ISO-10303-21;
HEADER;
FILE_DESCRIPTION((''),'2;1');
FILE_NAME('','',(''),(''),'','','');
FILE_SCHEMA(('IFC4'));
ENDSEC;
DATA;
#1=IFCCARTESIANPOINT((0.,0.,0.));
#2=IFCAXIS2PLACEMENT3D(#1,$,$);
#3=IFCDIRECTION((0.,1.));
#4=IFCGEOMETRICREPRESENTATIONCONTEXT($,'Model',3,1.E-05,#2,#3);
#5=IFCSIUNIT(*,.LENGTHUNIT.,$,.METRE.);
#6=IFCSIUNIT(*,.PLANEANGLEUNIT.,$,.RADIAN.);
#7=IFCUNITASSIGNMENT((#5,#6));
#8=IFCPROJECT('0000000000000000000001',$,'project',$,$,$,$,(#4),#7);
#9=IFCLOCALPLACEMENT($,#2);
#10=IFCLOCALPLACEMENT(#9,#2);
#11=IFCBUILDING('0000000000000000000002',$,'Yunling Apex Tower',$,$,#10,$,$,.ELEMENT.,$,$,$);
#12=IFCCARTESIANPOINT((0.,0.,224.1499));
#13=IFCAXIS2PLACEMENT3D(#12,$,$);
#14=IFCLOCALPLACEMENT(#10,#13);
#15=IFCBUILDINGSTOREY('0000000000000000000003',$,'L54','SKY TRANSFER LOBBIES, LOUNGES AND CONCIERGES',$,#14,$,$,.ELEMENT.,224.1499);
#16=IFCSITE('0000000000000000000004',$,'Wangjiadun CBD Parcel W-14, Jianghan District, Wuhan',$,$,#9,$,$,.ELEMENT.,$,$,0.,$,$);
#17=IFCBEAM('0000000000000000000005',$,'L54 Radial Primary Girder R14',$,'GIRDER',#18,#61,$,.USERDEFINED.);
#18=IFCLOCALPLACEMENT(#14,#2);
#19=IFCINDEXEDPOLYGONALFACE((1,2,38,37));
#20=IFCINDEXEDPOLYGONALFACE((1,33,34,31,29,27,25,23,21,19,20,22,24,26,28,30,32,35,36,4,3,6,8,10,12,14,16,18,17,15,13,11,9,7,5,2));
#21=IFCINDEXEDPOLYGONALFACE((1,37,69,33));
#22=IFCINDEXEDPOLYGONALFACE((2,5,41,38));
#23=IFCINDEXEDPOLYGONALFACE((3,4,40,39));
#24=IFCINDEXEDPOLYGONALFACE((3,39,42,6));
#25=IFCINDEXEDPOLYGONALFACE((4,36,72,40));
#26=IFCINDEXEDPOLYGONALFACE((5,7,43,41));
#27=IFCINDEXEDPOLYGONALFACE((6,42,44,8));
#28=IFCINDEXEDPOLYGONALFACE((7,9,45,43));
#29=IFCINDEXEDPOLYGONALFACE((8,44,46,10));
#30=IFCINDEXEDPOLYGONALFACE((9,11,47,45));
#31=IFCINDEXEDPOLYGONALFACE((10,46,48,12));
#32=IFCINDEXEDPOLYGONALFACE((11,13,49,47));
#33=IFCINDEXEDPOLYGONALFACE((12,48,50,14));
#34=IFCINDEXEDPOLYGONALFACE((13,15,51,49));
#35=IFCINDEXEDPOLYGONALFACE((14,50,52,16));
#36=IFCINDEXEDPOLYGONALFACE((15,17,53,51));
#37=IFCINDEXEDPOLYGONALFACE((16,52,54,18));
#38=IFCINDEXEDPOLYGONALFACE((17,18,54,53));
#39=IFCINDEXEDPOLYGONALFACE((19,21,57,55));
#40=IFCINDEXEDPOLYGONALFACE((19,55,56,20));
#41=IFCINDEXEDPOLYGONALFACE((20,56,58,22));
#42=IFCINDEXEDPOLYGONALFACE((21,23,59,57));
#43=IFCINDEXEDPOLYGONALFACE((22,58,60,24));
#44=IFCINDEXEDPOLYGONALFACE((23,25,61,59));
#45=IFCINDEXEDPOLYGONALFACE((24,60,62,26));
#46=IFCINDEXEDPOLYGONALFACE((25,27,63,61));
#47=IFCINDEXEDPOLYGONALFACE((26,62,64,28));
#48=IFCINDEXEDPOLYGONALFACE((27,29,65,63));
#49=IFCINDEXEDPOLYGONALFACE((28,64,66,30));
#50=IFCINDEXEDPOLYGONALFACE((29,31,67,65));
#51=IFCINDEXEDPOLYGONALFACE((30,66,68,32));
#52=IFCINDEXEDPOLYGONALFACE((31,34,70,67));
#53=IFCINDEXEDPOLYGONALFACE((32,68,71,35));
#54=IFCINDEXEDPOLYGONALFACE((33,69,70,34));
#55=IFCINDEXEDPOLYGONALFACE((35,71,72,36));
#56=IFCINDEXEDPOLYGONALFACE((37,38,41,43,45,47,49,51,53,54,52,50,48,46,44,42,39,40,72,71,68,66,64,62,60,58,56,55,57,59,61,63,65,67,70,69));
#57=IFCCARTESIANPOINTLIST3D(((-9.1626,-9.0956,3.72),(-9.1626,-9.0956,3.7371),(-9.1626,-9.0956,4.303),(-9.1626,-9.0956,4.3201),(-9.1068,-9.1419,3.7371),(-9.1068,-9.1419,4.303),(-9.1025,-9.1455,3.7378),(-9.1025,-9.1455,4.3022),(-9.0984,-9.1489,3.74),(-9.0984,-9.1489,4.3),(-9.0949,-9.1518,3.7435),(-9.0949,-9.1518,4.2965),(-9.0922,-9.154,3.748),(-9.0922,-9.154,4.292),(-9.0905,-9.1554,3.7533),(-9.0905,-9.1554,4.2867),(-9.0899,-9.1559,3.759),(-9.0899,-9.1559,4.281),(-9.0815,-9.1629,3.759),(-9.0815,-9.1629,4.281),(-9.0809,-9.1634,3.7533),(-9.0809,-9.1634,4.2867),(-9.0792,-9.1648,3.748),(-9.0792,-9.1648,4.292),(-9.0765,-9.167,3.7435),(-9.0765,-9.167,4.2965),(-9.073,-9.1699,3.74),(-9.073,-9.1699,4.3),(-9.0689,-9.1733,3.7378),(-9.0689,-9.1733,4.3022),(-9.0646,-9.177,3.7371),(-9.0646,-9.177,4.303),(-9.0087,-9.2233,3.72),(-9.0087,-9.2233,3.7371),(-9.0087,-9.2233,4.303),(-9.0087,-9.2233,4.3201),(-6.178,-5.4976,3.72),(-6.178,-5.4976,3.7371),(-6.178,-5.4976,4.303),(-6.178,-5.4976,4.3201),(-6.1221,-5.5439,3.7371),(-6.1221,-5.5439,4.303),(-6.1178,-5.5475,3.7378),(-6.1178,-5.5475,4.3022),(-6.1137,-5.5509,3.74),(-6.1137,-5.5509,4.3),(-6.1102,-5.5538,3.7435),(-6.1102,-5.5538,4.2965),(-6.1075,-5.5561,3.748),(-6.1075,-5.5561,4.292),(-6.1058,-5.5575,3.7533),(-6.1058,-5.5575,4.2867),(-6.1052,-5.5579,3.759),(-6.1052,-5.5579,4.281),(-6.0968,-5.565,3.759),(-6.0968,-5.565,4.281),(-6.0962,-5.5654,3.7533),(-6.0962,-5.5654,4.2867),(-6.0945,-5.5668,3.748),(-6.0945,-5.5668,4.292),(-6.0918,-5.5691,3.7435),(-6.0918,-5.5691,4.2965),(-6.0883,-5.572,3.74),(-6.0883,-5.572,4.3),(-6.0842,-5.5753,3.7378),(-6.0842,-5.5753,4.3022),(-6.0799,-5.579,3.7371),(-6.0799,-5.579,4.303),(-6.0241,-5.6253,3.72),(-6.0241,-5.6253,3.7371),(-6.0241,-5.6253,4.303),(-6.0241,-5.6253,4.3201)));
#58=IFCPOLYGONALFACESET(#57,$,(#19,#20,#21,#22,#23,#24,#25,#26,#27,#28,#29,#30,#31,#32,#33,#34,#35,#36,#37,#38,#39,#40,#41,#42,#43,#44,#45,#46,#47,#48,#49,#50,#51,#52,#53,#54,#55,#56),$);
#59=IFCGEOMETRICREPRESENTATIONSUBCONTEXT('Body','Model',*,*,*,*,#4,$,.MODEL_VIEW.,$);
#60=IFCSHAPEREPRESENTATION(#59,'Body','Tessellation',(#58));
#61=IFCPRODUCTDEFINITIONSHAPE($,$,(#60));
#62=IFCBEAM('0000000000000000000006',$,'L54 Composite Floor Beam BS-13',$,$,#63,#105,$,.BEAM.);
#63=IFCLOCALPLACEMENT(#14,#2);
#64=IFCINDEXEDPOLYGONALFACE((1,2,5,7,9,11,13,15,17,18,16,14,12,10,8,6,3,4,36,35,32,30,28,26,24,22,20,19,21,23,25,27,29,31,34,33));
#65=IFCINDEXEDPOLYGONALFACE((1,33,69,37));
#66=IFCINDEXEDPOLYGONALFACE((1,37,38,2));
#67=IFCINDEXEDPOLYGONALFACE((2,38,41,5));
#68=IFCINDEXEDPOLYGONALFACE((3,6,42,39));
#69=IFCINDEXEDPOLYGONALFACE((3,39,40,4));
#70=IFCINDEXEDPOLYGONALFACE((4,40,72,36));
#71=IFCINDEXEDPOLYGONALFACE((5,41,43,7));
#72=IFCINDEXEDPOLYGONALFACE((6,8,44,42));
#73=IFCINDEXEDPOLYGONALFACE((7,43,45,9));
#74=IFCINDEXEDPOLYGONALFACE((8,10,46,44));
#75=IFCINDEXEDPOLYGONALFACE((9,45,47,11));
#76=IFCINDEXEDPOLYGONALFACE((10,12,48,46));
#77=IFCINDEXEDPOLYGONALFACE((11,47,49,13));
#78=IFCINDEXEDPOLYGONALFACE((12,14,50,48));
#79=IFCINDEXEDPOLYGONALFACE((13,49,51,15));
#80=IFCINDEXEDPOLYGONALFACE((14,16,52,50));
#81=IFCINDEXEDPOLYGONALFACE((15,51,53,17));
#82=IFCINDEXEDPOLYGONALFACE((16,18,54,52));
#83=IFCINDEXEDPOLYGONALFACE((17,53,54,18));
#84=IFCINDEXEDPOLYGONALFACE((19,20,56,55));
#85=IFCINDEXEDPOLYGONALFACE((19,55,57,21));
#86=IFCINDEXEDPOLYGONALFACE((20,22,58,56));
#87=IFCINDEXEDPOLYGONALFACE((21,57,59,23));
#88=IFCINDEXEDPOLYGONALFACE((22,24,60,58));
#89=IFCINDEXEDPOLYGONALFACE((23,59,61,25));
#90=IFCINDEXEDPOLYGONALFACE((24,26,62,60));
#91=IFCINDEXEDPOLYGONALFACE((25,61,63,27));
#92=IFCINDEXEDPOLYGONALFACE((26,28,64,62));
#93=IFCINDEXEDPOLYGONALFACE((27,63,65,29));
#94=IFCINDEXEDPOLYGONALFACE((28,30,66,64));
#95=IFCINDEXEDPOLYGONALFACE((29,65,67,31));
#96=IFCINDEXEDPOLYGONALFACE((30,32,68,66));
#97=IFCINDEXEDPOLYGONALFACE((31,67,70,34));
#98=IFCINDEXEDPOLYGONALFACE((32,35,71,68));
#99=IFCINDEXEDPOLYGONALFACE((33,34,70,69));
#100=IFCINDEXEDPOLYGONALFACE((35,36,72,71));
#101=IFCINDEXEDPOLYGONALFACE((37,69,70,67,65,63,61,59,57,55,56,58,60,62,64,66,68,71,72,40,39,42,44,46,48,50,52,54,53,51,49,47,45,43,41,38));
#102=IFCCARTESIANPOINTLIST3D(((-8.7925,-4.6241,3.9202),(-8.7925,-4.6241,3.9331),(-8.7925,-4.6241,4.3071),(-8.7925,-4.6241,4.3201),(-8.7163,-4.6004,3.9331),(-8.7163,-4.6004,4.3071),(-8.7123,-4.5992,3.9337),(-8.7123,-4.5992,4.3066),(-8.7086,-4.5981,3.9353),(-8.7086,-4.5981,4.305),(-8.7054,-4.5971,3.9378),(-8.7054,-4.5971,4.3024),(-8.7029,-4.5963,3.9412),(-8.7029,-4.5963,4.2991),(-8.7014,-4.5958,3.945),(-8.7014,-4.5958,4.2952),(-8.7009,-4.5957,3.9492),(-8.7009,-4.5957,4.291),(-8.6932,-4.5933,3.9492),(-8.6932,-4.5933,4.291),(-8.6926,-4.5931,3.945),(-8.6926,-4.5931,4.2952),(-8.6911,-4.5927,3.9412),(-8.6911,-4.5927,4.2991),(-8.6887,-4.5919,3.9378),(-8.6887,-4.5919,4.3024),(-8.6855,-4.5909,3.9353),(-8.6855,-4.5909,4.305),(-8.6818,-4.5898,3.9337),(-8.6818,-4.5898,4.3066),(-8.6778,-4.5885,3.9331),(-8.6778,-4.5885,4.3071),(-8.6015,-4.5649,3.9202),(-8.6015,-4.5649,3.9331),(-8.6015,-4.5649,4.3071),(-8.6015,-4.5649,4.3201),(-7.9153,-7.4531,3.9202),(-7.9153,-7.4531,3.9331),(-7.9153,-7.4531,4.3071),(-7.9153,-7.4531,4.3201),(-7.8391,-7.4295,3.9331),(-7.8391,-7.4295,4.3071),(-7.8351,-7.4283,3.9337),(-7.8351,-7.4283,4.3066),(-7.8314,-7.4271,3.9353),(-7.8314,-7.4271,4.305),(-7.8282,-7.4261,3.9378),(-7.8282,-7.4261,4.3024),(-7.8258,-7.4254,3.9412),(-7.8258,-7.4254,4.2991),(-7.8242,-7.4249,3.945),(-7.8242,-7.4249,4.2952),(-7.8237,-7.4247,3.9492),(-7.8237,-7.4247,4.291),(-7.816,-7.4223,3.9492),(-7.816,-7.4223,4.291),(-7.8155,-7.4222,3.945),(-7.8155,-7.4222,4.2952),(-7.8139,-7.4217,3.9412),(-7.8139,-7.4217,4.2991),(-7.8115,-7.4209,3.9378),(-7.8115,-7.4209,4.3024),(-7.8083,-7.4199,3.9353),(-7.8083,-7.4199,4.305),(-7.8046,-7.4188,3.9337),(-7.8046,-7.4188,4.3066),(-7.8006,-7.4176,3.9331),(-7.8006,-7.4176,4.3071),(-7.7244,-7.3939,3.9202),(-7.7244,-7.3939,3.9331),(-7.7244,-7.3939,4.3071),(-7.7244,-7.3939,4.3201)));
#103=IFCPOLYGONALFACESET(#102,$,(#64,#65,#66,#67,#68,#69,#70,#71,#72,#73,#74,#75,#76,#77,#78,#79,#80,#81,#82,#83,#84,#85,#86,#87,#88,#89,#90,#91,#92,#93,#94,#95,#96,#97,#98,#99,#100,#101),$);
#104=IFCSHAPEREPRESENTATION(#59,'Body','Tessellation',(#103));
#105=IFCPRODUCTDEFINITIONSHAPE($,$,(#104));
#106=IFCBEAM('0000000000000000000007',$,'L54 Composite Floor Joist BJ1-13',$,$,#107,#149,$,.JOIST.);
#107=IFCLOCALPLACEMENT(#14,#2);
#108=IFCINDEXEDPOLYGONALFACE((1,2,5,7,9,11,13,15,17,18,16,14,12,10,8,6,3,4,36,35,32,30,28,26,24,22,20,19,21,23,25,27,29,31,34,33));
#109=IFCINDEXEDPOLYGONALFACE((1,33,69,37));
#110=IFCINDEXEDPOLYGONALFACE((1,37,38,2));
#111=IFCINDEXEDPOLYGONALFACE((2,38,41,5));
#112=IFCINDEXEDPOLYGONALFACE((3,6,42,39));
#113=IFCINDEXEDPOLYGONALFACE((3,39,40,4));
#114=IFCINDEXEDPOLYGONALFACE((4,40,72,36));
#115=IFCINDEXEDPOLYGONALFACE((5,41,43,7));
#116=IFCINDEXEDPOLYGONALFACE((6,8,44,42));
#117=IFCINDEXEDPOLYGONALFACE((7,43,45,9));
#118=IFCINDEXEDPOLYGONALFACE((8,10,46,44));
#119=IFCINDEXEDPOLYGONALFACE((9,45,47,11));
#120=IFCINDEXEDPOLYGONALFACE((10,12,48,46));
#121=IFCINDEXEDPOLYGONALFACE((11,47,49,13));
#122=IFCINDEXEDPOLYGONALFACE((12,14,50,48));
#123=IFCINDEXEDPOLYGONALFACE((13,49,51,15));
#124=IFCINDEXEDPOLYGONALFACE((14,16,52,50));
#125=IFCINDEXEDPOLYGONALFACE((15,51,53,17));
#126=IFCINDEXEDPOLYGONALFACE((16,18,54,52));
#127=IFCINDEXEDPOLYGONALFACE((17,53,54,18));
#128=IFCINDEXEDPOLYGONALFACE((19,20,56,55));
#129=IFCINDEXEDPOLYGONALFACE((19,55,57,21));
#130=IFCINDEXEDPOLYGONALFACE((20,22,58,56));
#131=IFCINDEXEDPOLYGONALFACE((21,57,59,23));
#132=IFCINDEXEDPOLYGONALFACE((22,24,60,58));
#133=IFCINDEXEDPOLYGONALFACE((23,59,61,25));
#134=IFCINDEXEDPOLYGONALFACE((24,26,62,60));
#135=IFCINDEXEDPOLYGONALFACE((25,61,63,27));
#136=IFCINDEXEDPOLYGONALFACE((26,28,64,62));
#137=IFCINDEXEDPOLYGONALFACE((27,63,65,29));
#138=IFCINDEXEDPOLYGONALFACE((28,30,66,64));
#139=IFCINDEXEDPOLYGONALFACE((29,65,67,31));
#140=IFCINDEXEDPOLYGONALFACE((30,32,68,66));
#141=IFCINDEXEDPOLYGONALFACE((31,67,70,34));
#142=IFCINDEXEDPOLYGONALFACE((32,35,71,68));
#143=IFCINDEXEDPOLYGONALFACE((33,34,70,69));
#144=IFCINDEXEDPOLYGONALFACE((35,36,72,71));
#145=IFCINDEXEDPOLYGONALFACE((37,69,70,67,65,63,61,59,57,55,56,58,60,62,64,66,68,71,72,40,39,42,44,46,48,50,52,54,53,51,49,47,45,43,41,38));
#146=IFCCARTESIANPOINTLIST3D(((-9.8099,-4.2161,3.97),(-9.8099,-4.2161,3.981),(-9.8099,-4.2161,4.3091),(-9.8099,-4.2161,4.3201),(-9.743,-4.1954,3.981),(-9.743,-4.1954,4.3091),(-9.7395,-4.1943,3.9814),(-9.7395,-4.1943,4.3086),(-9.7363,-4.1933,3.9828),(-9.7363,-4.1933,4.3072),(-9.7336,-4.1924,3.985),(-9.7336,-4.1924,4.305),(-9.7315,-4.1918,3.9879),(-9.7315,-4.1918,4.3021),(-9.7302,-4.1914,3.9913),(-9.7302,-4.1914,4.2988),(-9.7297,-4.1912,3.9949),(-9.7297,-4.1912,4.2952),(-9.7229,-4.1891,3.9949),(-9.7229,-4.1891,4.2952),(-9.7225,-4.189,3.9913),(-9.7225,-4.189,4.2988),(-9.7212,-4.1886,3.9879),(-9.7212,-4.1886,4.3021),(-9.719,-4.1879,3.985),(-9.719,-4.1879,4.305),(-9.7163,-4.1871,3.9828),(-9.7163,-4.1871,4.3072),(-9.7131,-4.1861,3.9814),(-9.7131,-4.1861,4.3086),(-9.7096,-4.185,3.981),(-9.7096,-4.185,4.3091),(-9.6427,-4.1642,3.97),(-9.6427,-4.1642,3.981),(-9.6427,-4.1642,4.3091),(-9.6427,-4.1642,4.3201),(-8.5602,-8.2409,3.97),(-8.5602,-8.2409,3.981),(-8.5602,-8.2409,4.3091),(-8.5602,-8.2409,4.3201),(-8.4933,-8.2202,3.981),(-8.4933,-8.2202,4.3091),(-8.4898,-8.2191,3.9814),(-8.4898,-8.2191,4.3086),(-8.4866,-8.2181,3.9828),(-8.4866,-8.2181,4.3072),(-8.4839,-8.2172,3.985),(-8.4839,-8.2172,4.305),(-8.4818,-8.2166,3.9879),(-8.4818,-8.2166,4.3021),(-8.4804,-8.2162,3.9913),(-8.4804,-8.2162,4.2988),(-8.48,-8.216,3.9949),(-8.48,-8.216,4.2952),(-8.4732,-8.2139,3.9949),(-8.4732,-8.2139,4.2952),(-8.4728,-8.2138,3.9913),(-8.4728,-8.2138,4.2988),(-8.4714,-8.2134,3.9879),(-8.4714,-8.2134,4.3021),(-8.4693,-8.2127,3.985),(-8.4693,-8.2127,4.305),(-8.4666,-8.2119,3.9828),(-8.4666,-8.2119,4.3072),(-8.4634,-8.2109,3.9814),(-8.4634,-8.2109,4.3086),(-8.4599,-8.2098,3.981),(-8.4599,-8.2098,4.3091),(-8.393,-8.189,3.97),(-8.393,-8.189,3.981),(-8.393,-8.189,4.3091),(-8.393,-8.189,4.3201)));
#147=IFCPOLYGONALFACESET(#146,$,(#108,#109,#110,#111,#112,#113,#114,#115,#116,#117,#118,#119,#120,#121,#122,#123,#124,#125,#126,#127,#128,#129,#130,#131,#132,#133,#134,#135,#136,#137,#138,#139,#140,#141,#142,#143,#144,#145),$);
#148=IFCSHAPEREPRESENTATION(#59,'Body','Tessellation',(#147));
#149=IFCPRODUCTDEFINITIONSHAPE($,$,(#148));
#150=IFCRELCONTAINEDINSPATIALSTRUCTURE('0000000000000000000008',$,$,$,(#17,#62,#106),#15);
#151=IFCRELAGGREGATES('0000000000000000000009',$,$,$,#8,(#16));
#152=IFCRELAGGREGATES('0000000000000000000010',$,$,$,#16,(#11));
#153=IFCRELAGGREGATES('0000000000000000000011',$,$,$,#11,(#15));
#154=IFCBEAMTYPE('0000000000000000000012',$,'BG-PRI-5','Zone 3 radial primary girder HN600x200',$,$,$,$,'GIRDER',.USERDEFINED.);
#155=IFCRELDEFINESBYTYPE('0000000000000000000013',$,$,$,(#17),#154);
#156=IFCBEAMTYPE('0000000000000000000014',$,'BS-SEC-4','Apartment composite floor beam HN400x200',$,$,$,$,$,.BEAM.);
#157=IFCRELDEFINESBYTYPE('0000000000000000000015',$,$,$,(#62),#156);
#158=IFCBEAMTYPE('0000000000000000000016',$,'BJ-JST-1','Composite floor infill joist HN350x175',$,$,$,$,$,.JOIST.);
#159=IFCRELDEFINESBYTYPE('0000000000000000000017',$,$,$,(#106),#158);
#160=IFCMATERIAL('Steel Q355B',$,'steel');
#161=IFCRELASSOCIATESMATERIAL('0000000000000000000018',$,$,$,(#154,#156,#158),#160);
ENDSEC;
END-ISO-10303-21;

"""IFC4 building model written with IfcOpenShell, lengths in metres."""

from ifc_helpers import new_model, si_unit, direction, frame, origin, origin_2d, place, context, subcontext, project, spatial, i_section, extrude, source, transform, mapped, material, material_profile, profile_set, type_object, element, save


model = new_model("IFC4")

# Units and contexts
model_context = context("Model", 3, precision=1e-05, world=origin(), true_north=direction((0.0, 1.0)))
body_context = subcontext(model_context, "Body", "Model", "MODEL_VIEW")
ifc_project = project(units=[si_unit("LENGTHUNIT", "METRE"), si_unit("PLANEANGLEUNIT", "RADIAN")], contexts=[model_context])

# Site, building, storey
site_placement = place(None, origin())
site = spatial("IfcSite", under=ifc_project, at=site_placement, Name="Wangjiadun CBD Parcel W-14, Jianghan District, Wuhan", CompositionType="ELEMENT", RefElevation=0.0)
building_placement = place(site_placement, origin())
building = spatial("IfcBuilding", under=site, at=building_placement, Name="Yunling Apex Tower", CompositionType="ELEMENT")
storey_placement = place(building_placement, frame((0.0, 0.0, 224.1499)))
storey = spatial("IfcBuildingStorey", under=building, at=storey_placement, Name="L54", Description="SKY TRANSFER LOBBIES, LOUNGES AND CONCIERGES", CompositionType="ELEMENT", Elevation=224.1499)

# Beams
ifc_material_1 = material(Name="Steel Q355B", Category="steel")
ifc_material_profile_1 = material_profile(ifc_material_1, i_section(OverallWidth=0.2, OverallDepth=0.6001, WebThickness=0.011, FlangeThickness=0.0171, FilletRadius=0.022, at=origin_2d()))
ifc_profile_set_1 = profile_set([ifc_material_profile_1], Name="Steel Q355B")
beam_type_1 = type_object("IfcBeamType", Name="BG-PRI-5", Description="Zone 3 radial primary girder HN600x200", ElementType="GIRDER", PredefinedType="USERDEFINED", material=ifc_profile_set_1)
shared_shape_1 = source(origin(), body_context, "Body", "SweptSolid", [
    extrude(i_section(OverallWidth=0.2, OverallDepth=0.6001, WebThickness=0.011, FlangeThickness=0.0171, FilletRadius=0.022, at=origin_2d()), origin(), (0.0, 0.0, 1.0), 4.6748),
])
beam_1_placement = place(storey_placement, frame((-9.0857, -9.1594, 4.02), z_axis=(0.638462, 0.769653, 0.0), x_axis=(-0.769653, 0.638462, 0.0)))
element("IfcBeam", 1, at=beam_1_placement, inside=storey, type_object=beam_type_1, Name="L54 Radial Primary Girder R14", ObjectType="GIRDER", PredefinedType="USERDEFINED", context=body_context, shape_type="MappedRepresentation", body=[
    mapped(shared_shape_1, transform((0.0, 0.0, 0.0), scale=1.0)),
])
ifc_material_profile_2 = material_profile(ifc_material_1, i_section(OverallWidth=0.2, OverallDepth=0.3999, WebThickness=0.0081, FlangeThickness=0.0129, FilletRadius=0.0161, at=origin_2d()))
ifc_profile_set_2 = profile_set([ifc_material_profile_2], Name="Steel Q355B")
beam_type_2 = type_object("IfcBeamType", Name="BS-SEC-4", Description="Apartment composite floor beam HN400x200", PredefinedType="BEAM", material=ifc_profile_set_2)
shared_shape_2 = source(origin(), body_context, "Body", "SweptSolid", [
    extrude(i_section(OverallWidth=0.2, OverallDepth=0.3999, WebThickness=0.0081, FlangeThickness=0.0129, FilletRadius=0.0161, at=origin_2d()), origin(), (0.0, 0.0, 1.0), 2.9619),
])
beam_2_placement = place(storey_placement, frame((-8.697, -4.5945, 4.1201), z_axis=(0.296153, -0.955141, 0.0), x_axis=(0.955141, 0.296153, 0.0)))
element("IfcBeam", 2, at=beam_2_placement, inside=storey, type_object=beam_type_2, Name="L54 Composite Floor Beam BS-13", PredefinedType="BEAM", context=body_context, shape_type="MappedRepresentation", body=[
    mapped(shared_shape_2, transform((0.0, 0.0, 0.0), scale=1.0)),
])
ifc_material_profile_3 = material_profile(ifc_material_1, i_section(OverallWidth=0.175, OverallDepth=0.3501, WebThickness=0.0071, FlangeThickness=0.011, FilletRadius=0.0139, at=origin_2d()))
ifc_profile_set_3 = profile_set([ifc_material_profile_3], Name="Steel Q355B")
beam_type_3 = type_object("IfcBeamType", Name="BJ-JST-1", Description="Composite floor infill joist HN350x175", PredefinedType="JOIST", material=ifc_profile_set_3)
shared_shape_3 = source(origin(), body_context, "Body", "SweptSolid", [
    extrude(i_section(OverallWidth=0.175, OverallDepth=0.3501, WebThickness=0.0071, FlangeThickness=0.011, FilletRadius=0.0139, at=origin_2d()), origin(), (0.0, 0.0, 1.0), 4.2144),
])
beam_3_placement = place(storey_placement, frame((-9.7263, -4.1902, 4.145), z_axis=(0.29654, -0.955021, 0.0), x_axis=(0.955021, 0.29654, 0.0)))
element("IfcBeam", 3, at=beam_3_placement, inside=storey, type_object=beam_type_3, Name="L54 Composite Floor Joist BJ1-13", PredefinedType="JOIST", context=body_context, shape_type="MappedRepresentation", body=[
    mapped(shared_shape_3, transform((0.0, 0.0, 0.0), scale=1.0)),
])

save(model, "model.ifc")
